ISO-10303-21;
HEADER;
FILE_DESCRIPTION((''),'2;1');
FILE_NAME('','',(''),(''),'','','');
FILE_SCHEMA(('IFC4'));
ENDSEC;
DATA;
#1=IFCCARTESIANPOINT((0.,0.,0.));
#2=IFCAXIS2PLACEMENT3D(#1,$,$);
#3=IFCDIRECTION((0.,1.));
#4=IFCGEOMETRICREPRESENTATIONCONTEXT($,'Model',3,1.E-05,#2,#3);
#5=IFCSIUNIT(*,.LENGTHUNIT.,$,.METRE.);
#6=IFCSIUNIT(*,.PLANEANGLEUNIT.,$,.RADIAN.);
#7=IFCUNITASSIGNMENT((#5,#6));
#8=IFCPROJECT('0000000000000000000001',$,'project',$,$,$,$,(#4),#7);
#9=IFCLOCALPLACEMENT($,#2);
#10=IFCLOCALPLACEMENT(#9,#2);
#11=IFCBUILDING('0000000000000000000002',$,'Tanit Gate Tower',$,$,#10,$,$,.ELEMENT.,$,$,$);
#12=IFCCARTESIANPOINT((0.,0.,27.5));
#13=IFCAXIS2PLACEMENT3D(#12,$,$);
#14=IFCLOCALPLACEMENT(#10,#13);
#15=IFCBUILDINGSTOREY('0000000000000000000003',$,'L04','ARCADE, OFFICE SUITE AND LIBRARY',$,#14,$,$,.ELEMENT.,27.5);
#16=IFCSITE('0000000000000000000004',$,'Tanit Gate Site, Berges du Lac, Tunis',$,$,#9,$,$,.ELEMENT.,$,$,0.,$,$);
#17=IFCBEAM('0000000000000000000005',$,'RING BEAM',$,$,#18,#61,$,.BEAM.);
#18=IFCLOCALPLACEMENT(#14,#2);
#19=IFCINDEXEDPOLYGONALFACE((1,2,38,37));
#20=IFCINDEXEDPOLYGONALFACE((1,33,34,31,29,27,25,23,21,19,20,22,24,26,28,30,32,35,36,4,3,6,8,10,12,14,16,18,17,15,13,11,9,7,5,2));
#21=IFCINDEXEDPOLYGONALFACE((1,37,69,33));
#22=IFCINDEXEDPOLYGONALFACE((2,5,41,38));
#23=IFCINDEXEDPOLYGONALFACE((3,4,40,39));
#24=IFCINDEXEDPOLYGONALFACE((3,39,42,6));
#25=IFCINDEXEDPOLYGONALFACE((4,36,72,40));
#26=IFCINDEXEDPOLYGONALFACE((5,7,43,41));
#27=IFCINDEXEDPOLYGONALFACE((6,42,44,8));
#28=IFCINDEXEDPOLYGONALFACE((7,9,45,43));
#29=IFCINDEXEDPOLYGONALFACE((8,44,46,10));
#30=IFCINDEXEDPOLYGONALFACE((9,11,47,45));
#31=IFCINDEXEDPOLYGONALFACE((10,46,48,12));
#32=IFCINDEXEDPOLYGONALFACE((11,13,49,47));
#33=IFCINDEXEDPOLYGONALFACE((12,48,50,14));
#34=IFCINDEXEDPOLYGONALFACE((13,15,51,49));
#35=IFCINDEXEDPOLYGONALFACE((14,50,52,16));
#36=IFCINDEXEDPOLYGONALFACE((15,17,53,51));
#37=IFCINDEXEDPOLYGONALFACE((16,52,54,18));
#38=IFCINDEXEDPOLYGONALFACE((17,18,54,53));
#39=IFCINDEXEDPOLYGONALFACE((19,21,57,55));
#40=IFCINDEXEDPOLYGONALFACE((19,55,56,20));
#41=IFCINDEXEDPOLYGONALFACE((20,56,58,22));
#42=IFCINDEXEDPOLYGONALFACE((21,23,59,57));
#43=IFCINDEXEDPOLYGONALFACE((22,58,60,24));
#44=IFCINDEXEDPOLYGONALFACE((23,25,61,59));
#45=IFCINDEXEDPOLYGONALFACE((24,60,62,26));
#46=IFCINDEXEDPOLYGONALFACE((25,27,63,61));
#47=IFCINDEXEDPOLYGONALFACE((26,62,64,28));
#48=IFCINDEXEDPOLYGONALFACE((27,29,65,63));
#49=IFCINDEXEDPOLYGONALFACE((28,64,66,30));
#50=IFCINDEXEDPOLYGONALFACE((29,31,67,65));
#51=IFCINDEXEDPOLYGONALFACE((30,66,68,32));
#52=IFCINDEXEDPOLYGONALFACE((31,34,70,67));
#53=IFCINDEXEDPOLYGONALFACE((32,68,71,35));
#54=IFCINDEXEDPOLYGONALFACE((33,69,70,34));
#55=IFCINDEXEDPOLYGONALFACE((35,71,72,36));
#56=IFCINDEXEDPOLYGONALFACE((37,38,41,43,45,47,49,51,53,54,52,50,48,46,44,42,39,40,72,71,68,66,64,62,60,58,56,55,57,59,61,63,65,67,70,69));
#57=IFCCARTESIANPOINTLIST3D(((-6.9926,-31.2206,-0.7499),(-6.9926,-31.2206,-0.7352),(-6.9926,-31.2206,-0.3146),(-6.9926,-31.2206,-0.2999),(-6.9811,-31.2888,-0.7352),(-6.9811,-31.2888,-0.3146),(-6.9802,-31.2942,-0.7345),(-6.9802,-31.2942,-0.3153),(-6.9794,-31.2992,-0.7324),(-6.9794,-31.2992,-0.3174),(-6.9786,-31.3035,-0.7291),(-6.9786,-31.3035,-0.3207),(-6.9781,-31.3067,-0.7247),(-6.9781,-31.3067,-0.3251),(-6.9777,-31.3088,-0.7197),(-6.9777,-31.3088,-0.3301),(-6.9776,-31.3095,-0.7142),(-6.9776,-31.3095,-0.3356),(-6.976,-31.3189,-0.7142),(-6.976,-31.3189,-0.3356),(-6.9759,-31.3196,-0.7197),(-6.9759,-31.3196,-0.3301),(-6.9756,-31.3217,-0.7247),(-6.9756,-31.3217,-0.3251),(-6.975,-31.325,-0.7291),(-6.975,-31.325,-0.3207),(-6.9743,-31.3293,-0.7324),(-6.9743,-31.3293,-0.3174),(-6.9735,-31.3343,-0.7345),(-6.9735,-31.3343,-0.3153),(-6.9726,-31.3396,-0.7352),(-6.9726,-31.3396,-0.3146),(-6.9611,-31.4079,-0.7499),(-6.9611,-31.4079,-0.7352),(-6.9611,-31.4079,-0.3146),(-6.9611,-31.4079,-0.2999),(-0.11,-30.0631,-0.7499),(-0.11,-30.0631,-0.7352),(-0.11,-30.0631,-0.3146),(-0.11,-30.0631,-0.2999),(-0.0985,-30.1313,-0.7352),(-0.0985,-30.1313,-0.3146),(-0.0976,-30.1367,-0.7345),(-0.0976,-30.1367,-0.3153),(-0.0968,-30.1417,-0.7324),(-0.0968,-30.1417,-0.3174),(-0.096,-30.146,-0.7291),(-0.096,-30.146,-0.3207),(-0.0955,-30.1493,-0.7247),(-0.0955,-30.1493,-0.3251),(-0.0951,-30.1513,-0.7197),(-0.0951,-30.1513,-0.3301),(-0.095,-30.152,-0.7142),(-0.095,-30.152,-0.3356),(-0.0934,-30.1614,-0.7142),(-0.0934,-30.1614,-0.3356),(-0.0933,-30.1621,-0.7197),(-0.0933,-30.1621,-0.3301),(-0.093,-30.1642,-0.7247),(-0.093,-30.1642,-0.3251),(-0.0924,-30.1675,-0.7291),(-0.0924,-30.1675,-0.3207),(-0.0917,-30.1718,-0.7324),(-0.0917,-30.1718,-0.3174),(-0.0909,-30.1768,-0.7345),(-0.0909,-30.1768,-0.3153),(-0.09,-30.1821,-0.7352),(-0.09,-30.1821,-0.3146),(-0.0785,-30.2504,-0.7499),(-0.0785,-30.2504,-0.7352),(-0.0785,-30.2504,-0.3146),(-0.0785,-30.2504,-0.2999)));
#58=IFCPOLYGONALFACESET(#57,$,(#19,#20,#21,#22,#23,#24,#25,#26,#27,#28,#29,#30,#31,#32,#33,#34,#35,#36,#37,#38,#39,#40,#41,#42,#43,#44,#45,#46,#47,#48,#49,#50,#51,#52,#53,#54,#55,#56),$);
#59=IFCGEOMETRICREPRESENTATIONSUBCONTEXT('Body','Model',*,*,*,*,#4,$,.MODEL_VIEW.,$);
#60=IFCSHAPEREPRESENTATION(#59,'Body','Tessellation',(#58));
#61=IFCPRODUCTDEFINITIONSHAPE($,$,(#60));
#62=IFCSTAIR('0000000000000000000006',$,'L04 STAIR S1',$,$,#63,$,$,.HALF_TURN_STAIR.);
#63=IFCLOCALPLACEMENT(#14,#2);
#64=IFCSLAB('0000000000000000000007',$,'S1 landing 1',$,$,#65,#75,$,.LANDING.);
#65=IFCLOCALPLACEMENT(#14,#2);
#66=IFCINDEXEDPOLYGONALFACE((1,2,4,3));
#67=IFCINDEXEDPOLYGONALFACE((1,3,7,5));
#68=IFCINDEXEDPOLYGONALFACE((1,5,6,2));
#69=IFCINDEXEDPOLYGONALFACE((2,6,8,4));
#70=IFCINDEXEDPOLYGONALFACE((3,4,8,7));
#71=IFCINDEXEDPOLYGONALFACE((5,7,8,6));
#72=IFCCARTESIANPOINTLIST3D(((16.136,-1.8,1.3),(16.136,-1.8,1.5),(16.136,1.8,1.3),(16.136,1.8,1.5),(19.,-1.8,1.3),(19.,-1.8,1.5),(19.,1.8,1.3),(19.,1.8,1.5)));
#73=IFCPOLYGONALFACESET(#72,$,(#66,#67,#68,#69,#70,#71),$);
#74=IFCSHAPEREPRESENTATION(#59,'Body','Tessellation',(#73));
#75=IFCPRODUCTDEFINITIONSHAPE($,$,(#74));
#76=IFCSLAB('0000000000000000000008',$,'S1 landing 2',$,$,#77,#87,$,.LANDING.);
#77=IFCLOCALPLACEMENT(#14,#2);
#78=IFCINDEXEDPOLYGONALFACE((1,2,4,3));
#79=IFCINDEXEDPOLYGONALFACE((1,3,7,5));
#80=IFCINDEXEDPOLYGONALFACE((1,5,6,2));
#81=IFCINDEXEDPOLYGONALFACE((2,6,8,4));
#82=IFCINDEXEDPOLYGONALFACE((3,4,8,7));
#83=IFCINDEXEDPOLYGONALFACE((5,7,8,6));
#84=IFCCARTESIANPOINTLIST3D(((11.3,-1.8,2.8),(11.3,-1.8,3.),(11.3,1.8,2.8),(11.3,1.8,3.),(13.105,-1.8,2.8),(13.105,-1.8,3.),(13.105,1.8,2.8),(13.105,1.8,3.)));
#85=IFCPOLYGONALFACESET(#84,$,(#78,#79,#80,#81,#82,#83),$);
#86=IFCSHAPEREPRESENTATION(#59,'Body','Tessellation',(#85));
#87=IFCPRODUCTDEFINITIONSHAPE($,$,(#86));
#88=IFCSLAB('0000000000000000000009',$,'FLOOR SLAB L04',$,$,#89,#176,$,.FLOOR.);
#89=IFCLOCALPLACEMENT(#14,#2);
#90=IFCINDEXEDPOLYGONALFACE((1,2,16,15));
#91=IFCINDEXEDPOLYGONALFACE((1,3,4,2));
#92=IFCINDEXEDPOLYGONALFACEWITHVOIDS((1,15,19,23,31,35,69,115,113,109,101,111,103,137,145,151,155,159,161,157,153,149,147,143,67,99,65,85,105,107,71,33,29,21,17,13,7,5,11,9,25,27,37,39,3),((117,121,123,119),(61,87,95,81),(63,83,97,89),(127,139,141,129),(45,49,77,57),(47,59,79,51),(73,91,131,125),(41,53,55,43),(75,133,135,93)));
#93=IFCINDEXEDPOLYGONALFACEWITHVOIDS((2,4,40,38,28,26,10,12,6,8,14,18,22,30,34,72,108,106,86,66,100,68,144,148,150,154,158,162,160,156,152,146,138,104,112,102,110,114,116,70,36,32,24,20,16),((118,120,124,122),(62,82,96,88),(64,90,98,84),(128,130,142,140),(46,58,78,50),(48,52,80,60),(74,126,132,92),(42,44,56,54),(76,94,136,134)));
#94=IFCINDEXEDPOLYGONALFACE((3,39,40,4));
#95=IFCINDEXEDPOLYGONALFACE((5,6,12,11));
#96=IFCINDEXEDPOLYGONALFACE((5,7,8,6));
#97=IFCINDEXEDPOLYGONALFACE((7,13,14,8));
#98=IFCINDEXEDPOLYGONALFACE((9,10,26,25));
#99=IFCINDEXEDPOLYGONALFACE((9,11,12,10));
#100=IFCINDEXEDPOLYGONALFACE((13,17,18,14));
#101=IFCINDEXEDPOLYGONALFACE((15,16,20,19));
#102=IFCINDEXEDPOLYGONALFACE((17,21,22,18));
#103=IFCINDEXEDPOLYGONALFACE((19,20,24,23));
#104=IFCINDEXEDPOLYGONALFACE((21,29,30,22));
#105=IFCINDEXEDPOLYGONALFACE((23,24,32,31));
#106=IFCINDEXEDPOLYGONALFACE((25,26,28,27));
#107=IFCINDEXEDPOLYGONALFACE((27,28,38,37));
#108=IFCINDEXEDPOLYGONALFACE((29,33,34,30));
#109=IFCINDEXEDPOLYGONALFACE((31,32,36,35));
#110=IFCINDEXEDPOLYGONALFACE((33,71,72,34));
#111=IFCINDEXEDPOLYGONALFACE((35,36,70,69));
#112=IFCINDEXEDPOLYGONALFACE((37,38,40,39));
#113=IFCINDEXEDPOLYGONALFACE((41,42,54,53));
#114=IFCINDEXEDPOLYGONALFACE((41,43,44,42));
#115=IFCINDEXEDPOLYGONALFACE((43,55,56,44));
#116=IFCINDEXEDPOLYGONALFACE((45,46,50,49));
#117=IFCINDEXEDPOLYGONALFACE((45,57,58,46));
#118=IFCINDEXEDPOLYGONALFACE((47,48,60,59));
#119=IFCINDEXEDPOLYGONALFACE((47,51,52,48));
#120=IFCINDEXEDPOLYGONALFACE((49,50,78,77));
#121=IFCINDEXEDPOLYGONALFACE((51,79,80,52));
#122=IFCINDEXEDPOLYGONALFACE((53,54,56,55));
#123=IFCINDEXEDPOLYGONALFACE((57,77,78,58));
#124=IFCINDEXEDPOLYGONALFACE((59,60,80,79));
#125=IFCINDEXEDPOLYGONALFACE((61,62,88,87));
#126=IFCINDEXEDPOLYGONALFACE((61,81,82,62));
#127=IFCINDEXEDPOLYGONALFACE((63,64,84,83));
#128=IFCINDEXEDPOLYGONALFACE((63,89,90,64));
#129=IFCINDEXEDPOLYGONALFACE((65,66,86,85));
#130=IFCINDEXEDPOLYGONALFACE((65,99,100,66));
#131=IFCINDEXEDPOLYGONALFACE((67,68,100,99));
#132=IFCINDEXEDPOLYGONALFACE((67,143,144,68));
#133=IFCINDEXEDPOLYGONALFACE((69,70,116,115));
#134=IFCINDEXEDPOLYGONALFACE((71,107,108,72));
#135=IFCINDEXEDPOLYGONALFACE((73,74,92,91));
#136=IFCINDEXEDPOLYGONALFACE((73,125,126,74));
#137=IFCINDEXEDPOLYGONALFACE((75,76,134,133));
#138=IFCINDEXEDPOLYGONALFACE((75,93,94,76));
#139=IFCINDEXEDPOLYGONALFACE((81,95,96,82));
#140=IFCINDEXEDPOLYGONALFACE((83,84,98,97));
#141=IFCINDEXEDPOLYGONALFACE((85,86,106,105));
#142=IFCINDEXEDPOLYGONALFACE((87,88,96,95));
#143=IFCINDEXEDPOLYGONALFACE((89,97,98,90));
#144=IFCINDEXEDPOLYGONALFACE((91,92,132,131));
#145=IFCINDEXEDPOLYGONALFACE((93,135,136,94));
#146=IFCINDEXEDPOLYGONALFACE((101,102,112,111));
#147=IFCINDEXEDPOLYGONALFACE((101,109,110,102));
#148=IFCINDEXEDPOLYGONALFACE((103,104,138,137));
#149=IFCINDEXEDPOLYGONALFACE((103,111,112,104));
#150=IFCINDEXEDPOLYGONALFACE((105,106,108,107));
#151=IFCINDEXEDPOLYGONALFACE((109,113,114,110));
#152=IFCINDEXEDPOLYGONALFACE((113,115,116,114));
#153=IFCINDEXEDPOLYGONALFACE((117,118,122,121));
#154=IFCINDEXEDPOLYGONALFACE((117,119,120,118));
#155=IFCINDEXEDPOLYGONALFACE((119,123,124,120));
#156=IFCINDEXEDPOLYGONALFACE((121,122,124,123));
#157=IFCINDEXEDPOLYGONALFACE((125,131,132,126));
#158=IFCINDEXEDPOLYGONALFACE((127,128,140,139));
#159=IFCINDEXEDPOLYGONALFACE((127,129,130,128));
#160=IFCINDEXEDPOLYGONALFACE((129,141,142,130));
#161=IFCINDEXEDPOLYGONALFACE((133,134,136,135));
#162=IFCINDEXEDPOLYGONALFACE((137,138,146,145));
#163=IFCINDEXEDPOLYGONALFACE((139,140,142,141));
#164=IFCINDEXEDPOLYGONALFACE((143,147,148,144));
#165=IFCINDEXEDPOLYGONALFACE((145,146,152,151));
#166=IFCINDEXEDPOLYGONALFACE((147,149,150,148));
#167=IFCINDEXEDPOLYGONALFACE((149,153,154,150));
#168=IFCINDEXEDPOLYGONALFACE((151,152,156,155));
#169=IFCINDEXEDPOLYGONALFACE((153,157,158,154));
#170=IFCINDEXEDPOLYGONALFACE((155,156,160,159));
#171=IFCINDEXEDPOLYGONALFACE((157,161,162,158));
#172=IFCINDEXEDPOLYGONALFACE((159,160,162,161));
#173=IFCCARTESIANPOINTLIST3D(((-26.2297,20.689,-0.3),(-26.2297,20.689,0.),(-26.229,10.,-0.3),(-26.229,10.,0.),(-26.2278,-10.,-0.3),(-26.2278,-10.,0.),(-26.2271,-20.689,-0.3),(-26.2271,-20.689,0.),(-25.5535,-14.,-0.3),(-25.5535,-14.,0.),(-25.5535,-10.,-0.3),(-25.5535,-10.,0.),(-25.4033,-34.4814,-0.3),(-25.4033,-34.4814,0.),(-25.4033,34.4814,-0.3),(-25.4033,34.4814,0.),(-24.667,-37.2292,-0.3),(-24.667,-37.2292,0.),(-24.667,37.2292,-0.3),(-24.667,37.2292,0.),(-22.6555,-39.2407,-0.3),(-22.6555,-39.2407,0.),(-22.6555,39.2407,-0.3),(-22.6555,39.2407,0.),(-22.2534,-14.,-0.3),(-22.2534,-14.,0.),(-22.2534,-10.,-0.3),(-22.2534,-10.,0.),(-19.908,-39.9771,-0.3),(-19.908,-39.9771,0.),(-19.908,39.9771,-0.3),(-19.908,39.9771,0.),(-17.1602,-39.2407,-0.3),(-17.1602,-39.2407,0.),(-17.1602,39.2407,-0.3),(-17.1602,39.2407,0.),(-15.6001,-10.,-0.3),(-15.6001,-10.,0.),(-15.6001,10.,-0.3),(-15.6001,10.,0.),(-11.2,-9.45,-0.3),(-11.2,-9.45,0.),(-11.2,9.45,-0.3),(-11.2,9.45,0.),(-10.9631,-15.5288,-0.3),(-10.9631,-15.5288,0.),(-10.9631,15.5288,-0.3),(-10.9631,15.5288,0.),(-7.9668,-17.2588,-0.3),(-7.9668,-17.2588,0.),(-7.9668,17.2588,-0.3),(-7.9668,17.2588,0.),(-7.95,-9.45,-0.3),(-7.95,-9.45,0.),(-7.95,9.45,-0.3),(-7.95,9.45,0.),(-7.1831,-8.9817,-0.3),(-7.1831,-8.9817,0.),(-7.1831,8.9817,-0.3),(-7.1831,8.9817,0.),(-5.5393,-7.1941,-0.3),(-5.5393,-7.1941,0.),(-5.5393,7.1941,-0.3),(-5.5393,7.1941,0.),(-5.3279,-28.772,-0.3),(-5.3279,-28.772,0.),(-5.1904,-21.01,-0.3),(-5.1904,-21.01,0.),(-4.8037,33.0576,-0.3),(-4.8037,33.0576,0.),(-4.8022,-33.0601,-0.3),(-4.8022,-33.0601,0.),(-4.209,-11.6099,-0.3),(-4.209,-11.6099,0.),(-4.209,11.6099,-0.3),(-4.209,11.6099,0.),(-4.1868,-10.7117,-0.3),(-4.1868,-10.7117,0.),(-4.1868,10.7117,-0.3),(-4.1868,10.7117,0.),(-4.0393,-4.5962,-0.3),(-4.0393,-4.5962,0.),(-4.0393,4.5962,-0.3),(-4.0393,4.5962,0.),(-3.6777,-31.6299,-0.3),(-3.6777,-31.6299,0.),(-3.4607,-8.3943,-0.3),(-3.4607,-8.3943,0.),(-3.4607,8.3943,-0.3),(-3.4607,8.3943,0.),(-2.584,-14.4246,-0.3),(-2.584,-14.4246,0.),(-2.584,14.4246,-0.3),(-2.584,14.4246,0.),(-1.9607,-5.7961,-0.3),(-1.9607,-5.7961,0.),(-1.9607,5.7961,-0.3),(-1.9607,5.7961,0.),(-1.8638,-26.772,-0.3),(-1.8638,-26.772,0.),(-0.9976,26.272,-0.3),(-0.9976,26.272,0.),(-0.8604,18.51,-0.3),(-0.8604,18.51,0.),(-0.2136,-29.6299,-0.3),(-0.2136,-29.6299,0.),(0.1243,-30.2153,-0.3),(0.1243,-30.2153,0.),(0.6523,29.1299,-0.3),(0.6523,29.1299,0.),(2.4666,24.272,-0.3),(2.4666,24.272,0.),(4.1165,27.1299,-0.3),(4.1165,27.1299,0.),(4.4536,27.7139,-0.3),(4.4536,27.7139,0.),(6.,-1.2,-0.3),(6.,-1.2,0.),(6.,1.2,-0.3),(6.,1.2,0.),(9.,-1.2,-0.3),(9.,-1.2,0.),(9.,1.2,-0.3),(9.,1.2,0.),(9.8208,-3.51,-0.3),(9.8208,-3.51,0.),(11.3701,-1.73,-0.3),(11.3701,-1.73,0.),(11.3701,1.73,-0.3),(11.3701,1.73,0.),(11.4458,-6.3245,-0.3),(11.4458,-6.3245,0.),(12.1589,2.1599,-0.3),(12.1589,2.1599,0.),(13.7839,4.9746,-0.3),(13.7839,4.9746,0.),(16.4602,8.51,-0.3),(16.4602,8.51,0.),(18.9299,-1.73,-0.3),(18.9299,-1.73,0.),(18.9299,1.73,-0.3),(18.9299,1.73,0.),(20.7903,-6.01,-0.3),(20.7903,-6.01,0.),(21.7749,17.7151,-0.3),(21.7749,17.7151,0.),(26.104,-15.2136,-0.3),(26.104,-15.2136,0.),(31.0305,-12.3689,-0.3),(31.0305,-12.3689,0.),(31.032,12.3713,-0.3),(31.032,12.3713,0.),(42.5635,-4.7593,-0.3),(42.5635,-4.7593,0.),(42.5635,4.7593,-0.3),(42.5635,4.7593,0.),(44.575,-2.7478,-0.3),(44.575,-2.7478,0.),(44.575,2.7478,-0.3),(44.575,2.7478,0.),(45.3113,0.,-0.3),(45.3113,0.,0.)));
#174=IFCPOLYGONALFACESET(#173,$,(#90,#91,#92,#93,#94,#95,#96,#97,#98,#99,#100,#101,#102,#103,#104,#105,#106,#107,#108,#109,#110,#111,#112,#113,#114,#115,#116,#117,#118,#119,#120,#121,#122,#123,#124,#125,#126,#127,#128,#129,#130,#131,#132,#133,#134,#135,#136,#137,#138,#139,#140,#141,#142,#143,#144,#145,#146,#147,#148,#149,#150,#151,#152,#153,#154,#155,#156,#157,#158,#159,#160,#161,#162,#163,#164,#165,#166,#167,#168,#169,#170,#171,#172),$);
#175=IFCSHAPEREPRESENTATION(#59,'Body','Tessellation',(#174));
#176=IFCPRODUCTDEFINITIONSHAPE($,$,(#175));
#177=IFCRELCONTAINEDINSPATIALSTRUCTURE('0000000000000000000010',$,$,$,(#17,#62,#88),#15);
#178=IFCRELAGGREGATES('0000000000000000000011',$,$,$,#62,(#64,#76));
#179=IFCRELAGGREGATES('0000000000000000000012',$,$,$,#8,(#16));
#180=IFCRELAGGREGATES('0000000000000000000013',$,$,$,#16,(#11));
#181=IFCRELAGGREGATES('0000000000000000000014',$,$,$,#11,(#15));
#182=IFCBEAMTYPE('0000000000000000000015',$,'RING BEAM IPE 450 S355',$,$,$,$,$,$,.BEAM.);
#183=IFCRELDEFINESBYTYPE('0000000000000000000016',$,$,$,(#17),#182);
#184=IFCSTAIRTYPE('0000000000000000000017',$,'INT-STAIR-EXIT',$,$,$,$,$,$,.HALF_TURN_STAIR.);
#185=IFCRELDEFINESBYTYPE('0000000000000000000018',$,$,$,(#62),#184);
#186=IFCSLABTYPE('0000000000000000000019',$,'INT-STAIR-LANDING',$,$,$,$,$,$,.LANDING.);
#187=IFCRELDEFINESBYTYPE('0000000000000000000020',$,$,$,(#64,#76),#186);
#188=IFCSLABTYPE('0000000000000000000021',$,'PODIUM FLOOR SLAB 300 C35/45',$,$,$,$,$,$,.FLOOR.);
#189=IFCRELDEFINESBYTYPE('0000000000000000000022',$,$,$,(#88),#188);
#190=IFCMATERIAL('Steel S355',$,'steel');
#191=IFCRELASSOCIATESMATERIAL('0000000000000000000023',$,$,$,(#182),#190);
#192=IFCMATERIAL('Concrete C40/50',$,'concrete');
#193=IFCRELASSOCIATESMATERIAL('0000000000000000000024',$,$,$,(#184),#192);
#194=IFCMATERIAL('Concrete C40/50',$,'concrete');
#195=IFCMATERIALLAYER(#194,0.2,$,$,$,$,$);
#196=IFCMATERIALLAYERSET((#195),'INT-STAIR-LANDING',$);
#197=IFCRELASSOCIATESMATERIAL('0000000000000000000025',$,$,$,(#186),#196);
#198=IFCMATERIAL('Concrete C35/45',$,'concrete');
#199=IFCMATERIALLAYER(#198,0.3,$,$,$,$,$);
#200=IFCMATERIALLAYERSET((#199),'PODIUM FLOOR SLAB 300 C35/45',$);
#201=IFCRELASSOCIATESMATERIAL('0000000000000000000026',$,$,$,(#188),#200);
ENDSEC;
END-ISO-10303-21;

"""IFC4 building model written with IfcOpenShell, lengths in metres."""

from ifc_helpers import new_model, si_unit, direction, frame, origin, origin_2d, place, context, subcontext, project, spatial, polyline, i_section, outline, extrude, material, layer, layer_set, material_profile, profile_set, type_object, element, aggregate, save


model = new_model("IFC4")

# Units and contexts
model_context = context("Model", 3, precision=1e-05, world=origin(), true_north=direction((0.0, 1.0)))
body_context = subcontext(model_context, "Body", "Model", "MODEL_VIEW")
ifc_project = project(units=[si_unit("LENGTHUNIT", "METRE"), si_unit("PLANEANGLEUNIT", "RADIAN")], contexts=[model_context])

# Site, building, storey
site_placement = place(None, origin())
site = spatial("IfcSite", under=ifc_project, at=site_placement, Name="Tanit Gate Site, Berges du Lac, Tunis", CompositionType="ELEMENT", RefElevation=0.0)
building_placement = place(site_placement, origin())
building = spatial("IfcBuilding", under=site, at=building_placement, Name="Tanit Gate Tower", CompositionType="ELEMENT")
storey_placement = place(building_placement, frame((0.0, 0.0, 27.5)))
storey = spatial("IfcBuildingStorey", under=building, at=storey_placement, Name="L04", Description="ARCADE, OFFICE SUITE AND LIBRARY", CompositionType="ELEMENT", Elevation=27.5)

# Beam
ifc_material_1 = material(Name="Steel S355", Category="steel")
ifc_material_profile = material_profile(ifc_material_1, i_section(OverallWidth=0.1899, OverallDepth=0.45, WebThickness=0.0095, FlangeThickness=0.0146, FilletRadius=0.021, at=origin_2d()), Name="IPE 450")
ifc_profile_set = profile_set([ifc_material_profile], Name="Steel S355")
beam_type = type_object("IfcBeamType", Name="RING BEAM IPE 450 S355", PredefinedType="BEAM", material=ifc_profile_set)
beam_placement = place(storey_placement, frame((-0.0942, -30.1567, -0.5249), z_axis=(-0.986152, -0.165845, 0.0), x_axis=(0.165845, -0.986152, 0.0)))
element("IfcBeam", 1, at=beam_placement, inside=storey, type_object=beam_type, Name="RING BEAM", PredefinedType="BEAM", context=body_context, shape_type="SweptSolid", body=[
    extrude(i_section(OverallWidth=0.1899, OverallDepth=0.45, WebThickness=0.0095, FlangeThickness=0.0146, FilletRadius=0.021, at=origin_2d()), origin(), (0.0, 0.0, 1.0), 6.9792),
])

# Stair, slabs
ifc_material_2 = material(Name="Concrete C40/50", Category="concrete")
stair_type = type_object("IfcStairType", Name="INT-STAIR-EXIT", PredefinedType="HALF_TURN_STAIR", material=ifc_material_2)
stair_placement = place(storey_placement, origin())
stair = element("IfcStair", 2, at=stair_placement, inside=storey, type_object=stair_type, Name="L04 STAIR S1", PredefinedType="HALF_TURN_STAIR")
ifc_material_3 = material(Name="Concrete C40/50", Category="concrete")
ifc_layer_1 = layer(ifc_material_3, 0.2)
ifc_layer_set_1 = layer_set([ifc_layer_1], Name="INT-STAIR-LANDING")
slab_type_1 = type_object("IfcSlabType", Name="INT-STAIR-LANDING", PredefinedType="LANDING", material=ifc_layer_set_1)
slab_1_placement = place(storey_placement, frame((0.0, 0.0, 1.3)))
slab_1 = element("IfcSlab", 3, at=slab_1_placement, type_object=slab_type_1, Name="S1 landing 1", PredefinedType="LANDING", context=body_context, shape_type="SweptSolid", body=[
    extrude(outline(polyline([(16.136, -1.8), (19.0, -1.8), (19.0, 1.8), (16.136, 1.8), (16.136, -1.8)])), origin(), (0.0, 0.0, 1.0), 0.2),
])
slab_2_placement = place(storey_placement, frame((0.0, 0.0, 2.8)))
slab_2 = element("IfcSlab", 4, at=slab_2_placement, type_object=slab_type_1, Name="S1 landing 2", PredefinedType="LANDING", context=body_context, shape_type="SweptSolid", body=[
    extrude(outline(polyline([(11.3, -1.8), (13.105, -1.8), (13.105, 1.8), (11.3, 1.8), (11.3, -1.8)])), origin(), (0.0, 0.0, 1.0), 0.2),
])
aggregate(stair, [slab_1, slab_2])

# Slab
ifc_material_4 = material(Name="Concrete C35/45", Category="concrete")
ifc_layer_2 = layer(ifc_material_4, 0.3)
ifc_layer_set_2 = layer_set([ifc_layer_2], Name="PODIUM FLOOR SLAB 300 C35/45")
slab_type_2 = type_object("IfcSlabType", Name="PODIUM FLOOR SLAB 300 C35/45", PredefinedType="FLOOR", material=ifc_layer_set_2)
slab_3_placement = place(storey_placement, frame((0.0, 0.0, -0.3)))
element("IfcSlab", 5, at=slab_3_placement, inside=storey, type_object=slab_type_2, Name="FLOOR SLAB L04", PredefinedType="FLOOR", context=body_context, shape_type="SweptSolid", body=[
    extrude(outline(polyline([(42.5635, 4.7593), (44.575, 2.7478), (45.3113, 0.0), (44.575, -2.7478), (42.5635, -4.7593), (31.0305, -12.3689), (26.104, -15.2136), (20.7903, -6.01), (-5.1904, -21.01), (-1.8638, -26.772), (-5.3279, -28.772), (-3.6777, -31.6299), (-0.2136, -29.6299), (0.1243, -30.2153), (-4.8022, -33.0601), (-17.1602, -39.2407), (-19.908, -39.9771), (-22.6555, -39.2407), (-24.667, -37.2292), (-25.4033, -34.4814), (-26.2271, -20.689), (-26.2278, -10.0), (-25.5535, -10.0), (-25.5535, -14.0), (-22.2534, -14.0), (-22.2534, -10.0), (-15.6001, -10.0), (-15.6001, 10.0), (-26.229, 10.0), (-26.2297, 20.689), (-25.4033, 34.4814), (-24.667, 37.2292), (-22.6555, 39.2407), (-19.908, 39.9771), (-17.1602, 39.2407), (-4.8037, 33.0576), (4.4536, 27.7139), (4.1165, 27.1299), (0.6523, 29.1299), (-0.9976, 26.272), (2.4666, 24.272), (-0.8604, 18.51), (16.4602, 8.51), (21.7749, 17.7151), (31.032, 12.3713), (42.5635, 4.7593)]), holes=[polyline([(18.9299, 1.73), (18.9299, -1.73), (11.3701, -1.73), (11.3701, 1.73), (18.9299, 1.73)]), polyline([(-4.209, 11.6099), (-2.584, 14.4246), (13.7839, 4.9746), (12.1589, 2.1599), (-4.209, 11.6099)]), polyline([(-4.209, -11.6099), (9.8208, -3.51), (11.4458, -6.3245), (-2.584, -14.4246), (-4.209, -11.6099)]), polyline([(9.0, 1.2), (9.0, -1.2), (6.0, -1.2), (6.0, 1.2), (9.0, 1.2)]), polyline([(-5.5393, 7.1941), (-3.4607, 8.3943), (-1.9607, 5.7961), (-4.0393, 4.5962), (-5.5393, 7.1941)]), polyline([(-3.4607, -8.3943), (-5.5393, -7.1941), (-4.0393, -4.5962), (-1.9607, -5.7961), (-3.4607, -8.3943)]), polyline([(-7.1831, 8.9817), (-10.9631, 15.5288), (-7.9668, 17.2588), (-4.1868, 10.7117), (-7.1831, 8.9817)]), polyline([(-4.1868, -10.7117), (-7.9668, -17.2588), (-10.9631, -15.5288), (-7.1831, -8.9817), (-4.1868, -10.7117)]), polyline([(-11.2, -9.45), (-11.2, 9.45), (-7.95, 9.45), (-7.95, -9.45), (-11.2, -9.45)])]), origin(), (0.0, 0.0, 1.0), 0.3),
])

save(model, "model.ifc")
